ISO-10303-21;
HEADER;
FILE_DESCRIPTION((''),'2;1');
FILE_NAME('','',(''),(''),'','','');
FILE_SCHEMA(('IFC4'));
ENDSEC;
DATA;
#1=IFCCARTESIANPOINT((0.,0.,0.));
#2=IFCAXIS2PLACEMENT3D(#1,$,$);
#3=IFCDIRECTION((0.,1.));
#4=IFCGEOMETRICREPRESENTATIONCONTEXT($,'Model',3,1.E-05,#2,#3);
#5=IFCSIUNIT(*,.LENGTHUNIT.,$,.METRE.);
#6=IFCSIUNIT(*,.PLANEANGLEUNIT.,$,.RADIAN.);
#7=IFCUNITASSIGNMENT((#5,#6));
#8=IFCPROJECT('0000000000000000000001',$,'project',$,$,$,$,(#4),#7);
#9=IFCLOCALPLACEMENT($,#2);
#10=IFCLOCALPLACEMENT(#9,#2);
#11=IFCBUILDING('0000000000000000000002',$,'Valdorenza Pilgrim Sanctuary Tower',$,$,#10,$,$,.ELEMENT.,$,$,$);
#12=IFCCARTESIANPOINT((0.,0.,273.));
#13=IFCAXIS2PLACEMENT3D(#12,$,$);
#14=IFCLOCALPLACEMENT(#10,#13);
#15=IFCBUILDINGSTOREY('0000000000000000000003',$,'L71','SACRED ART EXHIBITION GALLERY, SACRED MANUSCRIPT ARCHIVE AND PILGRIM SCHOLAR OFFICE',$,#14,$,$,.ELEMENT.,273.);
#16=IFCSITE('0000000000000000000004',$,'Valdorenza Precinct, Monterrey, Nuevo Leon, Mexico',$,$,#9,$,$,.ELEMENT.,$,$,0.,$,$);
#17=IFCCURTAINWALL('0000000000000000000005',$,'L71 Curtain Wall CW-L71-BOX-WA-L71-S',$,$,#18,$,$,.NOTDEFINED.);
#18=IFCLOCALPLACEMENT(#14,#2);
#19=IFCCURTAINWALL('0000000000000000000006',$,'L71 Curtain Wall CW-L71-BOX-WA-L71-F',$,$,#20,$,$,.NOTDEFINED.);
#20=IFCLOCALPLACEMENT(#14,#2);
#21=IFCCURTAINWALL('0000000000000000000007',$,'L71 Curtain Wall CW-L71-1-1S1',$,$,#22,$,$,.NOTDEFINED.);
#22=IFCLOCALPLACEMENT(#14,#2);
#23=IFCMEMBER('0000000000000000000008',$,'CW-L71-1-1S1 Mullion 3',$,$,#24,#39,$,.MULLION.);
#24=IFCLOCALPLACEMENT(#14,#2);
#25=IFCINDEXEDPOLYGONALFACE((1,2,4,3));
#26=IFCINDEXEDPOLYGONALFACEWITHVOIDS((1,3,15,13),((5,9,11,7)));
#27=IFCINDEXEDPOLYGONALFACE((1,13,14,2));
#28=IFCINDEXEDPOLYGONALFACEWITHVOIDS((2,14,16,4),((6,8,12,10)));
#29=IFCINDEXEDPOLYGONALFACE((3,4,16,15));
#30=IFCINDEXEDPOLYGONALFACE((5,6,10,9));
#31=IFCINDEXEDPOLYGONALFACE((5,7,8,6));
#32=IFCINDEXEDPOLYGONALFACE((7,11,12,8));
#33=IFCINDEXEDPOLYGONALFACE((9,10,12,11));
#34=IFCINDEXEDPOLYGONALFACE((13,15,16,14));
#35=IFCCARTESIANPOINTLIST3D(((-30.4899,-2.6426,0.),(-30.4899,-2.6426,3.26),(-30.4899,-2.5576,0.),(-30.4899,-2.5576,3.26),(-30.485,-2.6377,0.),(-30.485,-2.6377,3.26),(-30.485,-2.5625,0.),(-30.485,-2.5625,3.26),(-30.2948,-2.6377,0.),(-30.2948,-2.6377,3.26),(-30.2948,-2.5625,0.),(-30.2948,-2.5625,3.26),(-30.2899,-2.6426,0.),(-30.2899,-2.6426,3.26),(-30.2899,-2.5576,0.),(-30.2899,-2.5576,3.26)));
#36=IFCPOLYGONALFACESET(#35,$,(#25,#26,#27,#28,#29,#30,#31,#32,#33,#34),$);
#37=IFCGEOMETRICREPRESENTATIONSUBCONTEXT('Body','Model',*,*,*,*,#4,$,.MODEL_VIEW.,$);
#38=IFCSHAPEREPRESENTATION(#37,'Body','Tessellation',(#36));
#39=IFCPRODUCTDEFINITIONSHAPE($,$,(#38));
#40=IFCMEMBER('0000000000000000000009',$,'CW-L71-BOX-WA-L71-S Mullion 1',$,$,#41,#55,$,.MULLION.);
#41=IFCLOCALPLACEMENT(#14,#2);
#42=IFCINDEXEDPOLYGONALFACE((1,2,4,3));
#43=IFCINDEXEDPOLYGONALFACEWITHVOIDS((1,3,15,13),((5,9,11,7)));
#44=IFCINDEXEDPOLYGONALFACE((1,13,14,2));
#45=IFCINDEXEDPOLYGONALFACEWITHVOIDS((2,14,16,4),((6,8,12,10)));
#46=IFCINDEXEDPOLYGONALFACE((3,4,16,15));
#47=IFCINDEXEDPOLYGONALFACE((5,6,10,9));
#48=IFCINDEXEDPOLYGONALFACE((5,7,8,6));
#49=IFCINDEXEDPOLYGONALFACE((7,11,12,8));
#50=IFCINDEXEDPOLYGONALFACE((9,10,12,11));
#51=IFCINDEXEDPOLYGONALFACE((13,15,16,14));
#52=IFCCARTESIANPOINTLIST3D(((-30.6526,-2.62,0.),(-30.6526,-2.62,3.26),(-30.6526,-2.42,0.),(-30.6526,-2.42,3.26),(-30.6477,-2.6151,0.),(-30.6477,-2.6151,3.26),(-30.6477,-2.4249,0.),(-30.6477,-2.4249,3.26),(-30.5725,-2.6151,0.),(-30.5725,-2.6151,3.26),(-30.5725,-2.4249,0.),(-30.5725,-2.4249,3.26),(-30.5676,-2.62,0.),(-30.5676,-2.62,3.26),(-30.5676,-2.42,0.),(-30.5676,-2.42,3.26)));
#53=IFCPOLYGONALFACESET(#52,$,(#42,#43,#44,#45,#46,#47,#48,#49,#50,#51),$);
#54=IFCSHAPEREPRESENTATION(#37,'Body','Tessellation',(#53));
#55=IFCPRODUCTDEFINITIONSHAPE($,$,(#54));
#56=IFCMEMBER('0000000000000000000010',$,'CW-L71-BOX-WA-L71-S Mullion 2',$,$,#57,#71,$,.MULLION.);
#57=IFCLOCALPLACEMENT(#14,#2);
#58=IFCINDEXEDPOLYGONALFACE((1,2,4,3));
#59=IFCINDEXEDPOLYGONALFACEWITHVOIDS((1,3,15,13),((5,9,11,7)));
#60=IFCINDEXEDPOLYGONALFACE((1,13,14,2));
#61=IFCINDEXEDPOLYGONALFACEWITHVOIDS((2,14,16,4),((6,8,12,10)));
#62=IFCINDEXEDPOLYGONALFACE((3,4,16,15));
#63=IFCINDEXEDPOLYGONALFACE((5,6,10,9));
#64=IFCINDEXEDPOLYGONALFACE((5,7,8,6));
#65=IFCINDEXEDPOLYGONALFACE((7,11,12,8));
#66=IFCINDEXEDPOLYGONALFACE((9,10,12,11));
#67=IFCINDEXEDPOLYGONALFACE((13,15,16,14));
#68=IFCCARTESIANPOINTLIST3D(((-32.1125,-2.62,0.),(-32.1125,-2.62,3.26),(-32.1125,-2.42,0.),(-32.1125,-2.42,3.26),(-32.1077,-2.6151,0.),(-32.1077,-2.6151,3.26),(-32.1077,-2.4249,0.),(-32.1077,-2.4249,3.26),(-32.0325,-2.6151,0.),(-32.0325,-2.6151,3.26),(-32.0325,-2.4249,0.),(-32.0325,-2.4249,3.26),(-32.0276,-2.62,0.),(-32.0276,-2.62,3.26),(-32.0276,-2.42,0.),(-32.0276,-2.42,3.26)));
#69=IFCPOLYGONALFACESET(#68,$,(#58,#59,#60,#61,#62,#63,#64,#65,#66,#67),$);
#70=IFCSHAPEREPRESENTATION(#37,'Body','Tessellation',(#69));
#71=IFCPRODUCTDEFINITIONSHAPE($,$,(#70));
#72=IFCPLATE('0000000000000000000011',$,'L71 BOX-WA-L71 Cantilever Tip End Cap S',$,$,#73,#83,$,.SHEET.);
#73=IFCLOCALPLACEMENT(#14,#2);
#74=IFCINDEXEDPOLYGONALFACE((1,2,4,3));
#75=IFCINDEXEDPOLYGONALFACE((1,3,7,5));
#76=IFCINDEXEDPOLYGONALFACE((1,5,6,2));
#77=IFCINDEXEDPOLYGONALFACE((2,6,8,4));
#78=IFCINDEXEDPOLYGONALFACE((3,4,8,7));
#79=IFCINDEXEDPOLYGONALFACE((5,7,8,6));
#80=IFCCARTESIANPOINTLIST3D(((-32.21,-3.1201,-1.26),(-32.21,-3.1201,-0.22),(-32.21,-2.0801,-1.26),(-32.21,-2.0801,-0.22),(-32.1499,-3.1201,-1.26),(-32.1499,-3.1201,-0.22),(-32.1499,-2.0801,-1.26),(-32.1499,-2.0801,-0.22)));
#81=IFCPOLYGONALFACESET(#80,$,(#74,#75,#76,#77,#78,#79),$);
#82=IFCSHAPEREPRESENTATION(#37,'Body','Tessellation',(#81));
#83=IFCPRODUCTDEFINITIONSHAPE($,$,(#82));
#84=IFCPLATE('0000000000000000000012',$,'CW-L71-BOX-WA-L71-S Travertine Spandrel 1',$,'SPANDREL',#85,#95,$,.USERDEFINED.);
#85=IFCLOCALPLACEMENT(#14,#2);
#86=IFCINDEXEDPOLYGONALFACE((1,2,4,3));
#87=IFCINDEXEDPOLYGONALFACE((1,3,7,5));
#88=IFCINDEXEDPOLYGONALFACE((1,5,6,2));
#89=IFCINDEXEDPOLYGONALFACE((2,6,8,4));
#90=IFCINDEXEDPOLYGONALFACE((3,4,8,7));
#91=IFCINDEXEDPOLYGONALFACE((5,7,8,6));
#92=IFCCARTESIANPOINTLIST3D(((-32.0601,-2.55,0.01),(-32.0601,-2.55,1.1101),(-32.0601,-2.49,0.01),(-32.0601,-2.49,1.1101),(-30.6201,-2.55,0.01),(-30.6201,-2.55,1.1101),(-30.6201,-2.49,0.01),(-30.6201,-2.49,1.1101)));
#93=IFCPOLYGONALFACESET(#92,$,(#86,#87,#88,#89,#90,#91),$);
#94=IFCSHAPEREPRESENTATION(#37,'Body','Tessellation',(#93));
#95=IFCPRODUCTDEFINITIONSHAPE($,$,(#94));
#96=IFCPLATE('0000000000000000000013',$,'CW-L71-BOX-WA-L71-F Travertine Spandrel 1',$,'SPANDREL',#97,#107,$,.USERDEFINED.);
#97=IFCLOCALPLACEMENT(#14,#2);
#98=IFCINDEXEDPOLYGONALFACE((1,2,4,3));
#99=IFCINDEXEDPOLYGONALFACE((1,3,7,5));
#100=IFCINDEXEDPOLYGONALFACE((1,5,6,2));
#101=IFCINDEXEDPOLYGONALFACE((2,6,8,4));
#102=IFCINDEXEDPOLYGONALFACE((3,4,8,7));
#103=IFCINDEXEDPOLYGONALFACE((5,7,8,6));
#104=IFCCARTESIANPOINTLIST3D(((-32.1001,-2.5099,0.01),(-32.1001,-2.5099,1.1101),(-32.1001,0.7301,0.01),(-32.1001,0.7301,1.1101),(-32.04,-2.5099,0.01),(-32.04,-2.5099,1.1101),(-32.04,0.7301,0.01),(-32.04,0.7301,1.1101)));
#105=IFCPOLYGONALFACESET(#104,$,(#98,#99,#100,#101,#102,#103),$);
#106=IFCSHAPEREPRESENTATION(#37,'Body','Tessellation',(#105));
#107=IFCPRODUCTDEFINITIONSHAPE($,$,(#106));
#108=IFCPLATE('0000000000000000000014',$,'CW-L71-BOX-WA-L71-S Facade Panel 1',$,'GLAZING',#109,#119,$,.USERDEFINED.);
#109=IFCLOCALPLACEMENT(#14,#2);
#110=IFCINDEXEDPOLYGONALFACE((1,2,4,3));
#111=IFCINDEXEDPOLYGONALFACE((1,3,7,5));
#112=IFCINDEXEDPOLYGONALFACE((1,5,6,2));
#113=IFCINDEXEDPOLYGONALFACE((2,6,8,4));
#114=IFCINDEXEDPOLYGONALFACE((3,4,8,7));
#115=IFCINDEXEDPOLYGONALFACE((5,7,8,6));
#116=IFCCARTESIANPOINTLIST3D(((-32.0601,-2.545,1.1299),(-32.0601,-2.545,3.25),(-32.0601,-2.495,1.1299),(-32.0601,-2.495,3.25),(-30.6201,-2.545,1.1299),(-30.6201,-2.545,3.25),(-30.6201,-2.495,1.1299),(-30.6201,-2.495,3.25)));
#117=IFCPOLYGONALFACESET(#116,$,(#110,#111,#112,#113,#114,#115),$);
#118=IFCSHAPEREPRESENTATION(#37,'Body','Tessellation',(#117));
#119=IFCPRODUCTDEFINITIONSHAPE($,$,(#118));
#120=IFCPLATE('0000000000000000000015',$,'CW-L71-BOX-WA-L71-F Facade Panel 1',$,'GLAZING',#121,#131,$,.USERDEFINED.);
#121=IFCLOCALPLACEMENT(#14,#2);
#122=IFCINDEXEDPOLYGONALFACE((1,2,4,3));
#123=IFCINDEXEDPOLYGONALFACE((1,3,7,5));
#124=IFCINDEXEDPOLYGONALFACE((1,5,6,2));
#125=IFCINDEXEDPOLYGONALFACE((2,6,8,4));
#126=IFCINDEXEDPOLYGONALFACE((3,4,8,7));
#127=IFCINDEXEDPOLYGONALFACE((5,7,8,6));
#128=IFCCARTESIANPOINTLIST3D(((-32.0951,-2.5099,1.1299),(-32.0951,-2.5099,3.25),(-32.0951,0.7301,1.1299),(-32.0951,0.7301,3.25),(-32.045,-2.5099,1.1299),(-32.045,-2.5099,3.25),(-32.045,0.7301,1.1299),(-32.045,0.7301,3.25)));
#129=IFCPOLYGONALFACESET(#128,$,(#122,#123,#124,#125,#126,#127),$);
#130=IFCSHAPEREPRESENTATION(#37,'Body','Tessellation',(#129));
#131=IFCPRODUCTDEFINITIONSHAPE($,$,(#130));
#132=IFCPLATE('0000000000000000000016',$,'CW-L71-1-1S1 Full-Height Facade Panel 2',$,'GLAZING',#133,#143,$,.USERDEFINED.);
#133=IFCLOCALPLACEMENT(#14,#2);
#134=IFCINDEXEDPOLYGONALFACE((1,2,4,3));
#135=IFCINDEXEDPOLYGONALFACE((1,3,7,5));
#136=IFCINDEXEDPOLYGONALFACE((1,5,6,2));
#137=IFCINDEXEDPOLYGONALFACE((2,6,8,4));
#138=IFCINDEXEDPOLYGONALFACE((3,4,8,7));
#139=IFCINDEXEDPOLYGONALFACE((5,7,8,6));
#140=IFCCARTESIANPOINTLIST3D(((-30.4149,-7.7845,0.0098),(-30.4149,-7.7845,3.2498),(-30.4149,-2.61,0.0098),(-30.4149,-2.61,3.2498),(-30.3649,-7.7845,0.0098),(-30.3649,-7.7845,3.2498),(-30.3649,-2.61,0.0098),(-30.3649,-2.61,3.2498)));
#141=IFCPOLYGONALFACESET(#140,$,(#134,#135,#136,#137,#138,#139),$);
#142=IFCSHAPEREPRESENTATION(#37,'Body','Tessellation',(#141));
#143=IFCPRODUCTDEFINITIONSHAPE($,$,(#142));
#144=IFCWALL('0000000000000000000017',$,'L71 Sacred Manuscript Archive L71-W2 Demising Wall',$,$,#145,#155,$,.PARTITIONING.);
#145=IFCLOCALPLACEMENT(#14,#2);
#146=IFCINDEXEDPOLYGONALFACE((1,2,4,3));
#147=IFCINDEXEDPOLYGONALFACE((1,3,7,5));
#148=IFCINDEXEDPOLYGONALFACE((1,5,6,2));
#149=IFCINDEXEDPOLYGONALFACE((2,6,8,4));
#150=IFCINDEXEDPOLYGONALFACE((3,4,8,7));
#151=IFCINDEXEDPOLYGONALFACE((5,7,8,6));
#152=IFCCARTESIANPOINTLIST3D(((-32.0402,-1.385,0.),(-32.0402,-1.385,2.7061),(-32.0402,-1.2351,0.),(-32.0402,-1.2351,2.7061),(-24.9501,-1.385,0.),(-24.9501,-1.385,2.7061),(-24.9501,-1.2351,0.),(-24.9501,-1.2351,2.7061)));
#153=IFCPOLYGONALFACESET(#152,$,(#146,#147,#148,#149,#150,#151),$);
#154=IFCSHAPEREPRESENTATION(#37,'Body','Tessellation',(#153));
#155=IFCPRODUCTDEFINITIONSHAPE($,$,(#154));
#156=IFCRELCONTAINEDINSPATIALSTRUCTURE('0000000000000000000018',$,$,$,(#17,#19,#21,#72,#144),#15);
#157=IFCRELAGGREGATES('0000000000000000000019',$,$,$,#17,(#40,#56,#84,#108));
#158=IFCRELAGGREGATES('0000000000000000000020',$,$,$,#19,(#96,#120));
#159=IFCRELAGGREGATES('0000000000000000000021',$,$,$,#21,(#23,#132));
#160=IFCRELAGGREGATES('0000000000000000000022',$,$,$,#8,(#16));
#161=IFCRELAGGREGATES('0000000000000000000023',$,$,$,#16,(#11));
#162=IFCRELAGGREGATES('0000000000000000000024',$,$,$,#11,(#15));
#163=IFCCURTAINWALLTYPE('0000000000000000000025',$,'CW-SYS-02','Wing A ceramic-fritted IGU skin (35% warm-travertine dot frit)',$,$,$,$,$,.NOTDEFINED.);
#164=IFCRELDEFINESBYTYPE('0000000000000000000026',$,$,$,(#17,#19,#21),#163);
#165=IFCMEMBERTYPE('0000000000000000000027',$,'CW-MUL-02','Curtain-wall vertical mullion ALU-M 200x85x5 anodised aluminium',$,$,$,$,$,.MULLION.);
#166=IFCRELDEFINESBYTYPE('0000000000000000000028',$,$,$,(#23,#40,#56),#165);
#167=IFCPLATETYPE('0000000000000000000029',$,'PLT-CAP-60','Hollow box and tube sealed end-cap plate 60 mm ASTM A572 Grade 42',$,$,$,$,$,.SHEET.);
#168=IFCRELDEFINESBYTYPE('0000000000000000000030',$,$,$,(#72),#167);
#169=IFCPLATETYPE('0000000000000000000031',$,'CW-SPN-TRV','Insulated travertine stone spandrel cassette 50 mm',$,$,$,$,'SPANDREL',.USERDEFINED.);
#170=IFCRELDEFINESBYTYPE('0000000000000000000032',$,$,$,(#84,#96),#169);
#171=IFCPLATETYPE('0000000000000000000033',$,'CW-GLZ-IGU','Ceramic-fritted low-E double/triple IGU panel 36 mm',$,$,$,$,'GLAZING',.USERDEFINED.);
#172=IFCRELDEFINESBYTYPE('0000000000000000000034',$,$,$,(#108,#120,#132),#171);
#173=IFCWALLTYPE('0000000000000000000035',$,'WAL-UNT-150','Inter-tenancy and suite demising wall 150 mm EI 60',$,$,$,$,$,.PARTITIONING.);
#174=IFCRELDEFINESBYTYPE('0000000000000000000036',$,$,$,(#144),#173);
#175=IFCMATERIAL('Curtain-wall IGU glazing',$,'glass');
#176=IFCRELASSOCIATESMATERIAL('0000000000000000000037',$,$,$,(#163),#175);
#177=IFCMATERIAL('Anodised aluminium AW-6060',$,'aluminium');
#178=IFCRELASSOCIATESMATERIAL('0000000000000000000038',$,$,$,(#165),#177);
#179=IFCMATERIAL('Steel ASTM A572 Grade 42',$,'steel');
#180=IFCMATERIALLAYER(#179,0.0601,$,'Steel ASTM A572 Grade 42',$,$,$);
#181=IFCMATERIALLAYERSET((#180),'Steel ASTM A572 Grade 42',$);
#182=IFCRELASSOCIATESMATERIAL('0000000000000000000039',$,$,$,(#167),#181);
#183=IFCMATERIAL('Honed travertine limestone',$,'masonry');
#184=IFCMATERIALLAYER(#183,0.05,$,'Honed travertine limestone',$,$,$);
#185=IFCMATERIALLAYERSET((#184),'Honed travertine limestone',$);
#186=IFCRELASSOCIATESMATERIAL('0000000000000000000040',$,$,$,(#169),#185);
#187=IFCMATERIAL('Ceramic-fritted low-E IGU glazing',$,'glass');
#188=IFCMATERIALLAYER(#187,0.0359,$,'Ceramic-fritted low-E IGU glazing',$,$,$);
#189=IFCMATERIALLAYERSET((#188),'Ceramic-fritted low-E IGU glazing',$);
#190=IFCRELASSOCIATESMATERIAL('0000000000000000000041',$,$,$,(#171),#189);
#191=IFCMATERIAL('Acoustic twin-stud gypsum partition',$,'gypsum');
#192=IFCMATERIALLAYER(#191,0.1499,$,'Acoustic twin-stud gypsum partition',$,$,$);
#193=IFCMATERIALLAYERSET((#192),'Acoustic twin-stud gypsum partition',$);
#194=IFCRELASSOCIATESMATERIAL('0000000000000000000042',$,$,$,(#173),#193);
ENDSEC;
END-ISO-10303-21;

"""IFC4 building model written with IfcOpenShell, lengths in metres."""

from ifc_helpers import new_model, si_unit, direction, frame, frame_2d, origin, origin_2d, place, context, subcontext, project, spatial, rectangle, hollow_rectangle, extrude, source, transform, mapped, material, layer, layer_set, material_profile, profile_set, type_object, element, aggregate, save


model = new_model("IFC4")

# Units and contexts
model_context = context("Model", 3, precision=1e-05, world=origin(), true_north=direction((0.0, 1.0)))
body_context = subcontext(model_context, "Body", "Model", "MODEL_VIEW")
ifc_project = project(units=[si_unit("LENGTHUNIT", "METRE"), si_unit("PLANEANGLEUNIT", "RADIAN")], contexts=[model_context])

# Site, building, storey
site_placement = place(None, origin())
site = spatial("IfcSite", under=ifc_project, at=site_placement, Name="Valdorenza Precinct, Monterrey, Nuevo Leon, Mexico", CompositionType="ELEMENT", RefElevation=0.0)
building_placement = place(site_placement, origin())
building = spatial("IfcBuilding", under=site, at=building_placement, Name="Valdorenza Pilgrim Sanctuary Tower", CompositionType="ELEMENT")
storey_placement = place(building_placement, frame((0.0, 0.0, 273.0)))
storey = spatial("IfcBuildingStorey", under=building, at=storey_placement, Name="L71", Description="SACRED ART EXHIBITION GALLERY, SACRED MANUSCRIPT ARCHIVE AND PILGRIM SCHOLAR OFFICE", CompositionType="ELEMENT", Elevation=273.0)

# Shared definitions
ifc_material_1 = material(Name="Steel ASTM A572 Grade 42", Category="steel")

# Curtain walls, member
ifc_material_2 = material(Name="Curtain-wall IGU glazing", Category="glass")
curtain_wall_type = type_object("IfcCurtainWallType", Name="CW-SYS-02", Description="Wing A ceramic-fritted IGU skin (35% warm-travertine dot frit)", PredefinedType="NOTDEFINED", material=ifc_material_2)
curtain_wall_1_placement = place(storey_placement, origin())
curtain_wall_1 = element("IfcCurtainWall", 1, at=curtain_wall_1_placement, inside=storey, type_object=curtain_wall_type, Name="L71 Curtain Wall CW-L71-BOX-WA-L71-S", PredefinedType="NOTDEFINED")
ifc_material_3 = material(Name="Anodised aluminium AW-6060", Category="aluminium")
curtain_wall_2_placement = place(storey_placement, origin())
curtain_wall_2 = element("IfcCurtainWall", 2, at=curtain_wall_2_placement, inside=storey, type_object=curtain_wall_type, Name="L71 Curtain Wall CW-L71-BOX-WA-L71-F", PredefinedType="NOTDEFINED")
curtain_wall_3_placement = place(storey_placement, origin())
curtain_wall_3 = element("IfcCurtainWall", 3, at=curtain_wall_3_placement, inside=storey, type_object=curtain_wall_type, Name="L71 Curtain Wall CW-L71-1-1S1", PredefinedType="NOTDEFINED")
ifc_material_profile_1 = material_profile(ifc_material_3, hollow_rectangle(XDim=0.085, YDim=0.2, WallThickness=0.0049, at=origin_2d()), Name="ALU-M 200x85x5")
ifc_profile_set_1 = profile_set([ifc_material_profile_1], Name="Anodised aluminium AW-6060")
member_type_1 = type_object("IfcMemberType", Name="CW-MUL-02", Description="Curtain-wall vertical mullion ALU-M 200x85x5 anodised aluminium", PredefinedType="MULLION", material=ifc_profile_set_1)
shared_shape_1 = source(origin(), body_context, "Body", "SweptSolid", [
    extrude(hollow_rectangle(XDim=0.085, YDim=0.2, WallThickness=0.0049, at=origin_2d()), origin(), (0.0, 0.0, 1.0), 3.26),
])
member_1_placement = place(storey_placement, frame((-30.3899, -2.6001, 0.0), z_axis=(0.0, 0.0, 1.0), x_axis=(0.0, 1.0, 0.0)))
member_1 = element("IfcMember", 4, at=member_1_placement, type_object=member_type_1, Name="CW-L71-1-1S1 Mullion 3", PredefinedType="MULLION", context=body_context, shape_type="MappedRepresentation", body=[
    mapped(shared_shape_1, transform((0.0, 0.0, 0.0), x_axis=(1.0, 0.0, 0.0), y_axis=(0.0, 1.0, 0.0), z_axis=(0.0, 0.0, 1.0), scale=1.0)),
])

# Members
member_2_placement = place(storey_placement, frame((-30.6101, -2.52, 0.0), z_axis=(0.0, 0.0, 1.0), x_axis=(-1.0, 0.0, 0.0)))
member_2 = element("IfcMember", 5, at=member_2_placement, type_object=member_type_1, Name="CW-L71-BOX-WA-L71-S Mullion 1", PredefinedType="MULLION", context=body_context, shape_type="MappedRepresentation", body=[
    mapped(shared_shape_1, transform((0.0, 0.0, 0.0), x_axis=(1.0, 0.0, 0.0), y_axis=(0.0, 1.0, 0.0), z_axis=(0.0, 0.0, 1.0), scale=1.0)),
])
member_3_placement = place(storey_placement, frame((-32.0701, -2.52, 0.0), z_axis=(0.0, 0.0, 1.0), x_axis=(-1.0, 0.0, 0.0)))
member_3 = element("IfcMember", 6, at=member_3_placement, type_object=member_type_1, Name="CW-L71-BOX-WA-L71-S Mullion 2", PredefinedType="MULLION", context=body_context, shape_type="MappedRepresentation", body=[
    mapped(shared_shape_1, transform((0.0, 0.0, 0.0), x_axis=(1.0, 0.0, 0.0), y_axis=(0.0, 1.0, 0.0), z_axis=(0.0, 0.0, 1.0), scale=1.0)),
])

# Plates
ifc_layer_1 = layer(ifc_material_1, 0.0601, Name="Steel ASTM A572 Grade 42")
ifc_layer_set_1 = layer_set([ifc_layer_1], Name="Steel ASTM A572 Grade 42")
plate_type_1 = type_object("IfcPlateType", Name="PLT-CAP-60", Description="Hollow box and tube sealed end-cap plate 60 mm ASTM A572 Grade 42", PredefinedType="SHEET", material=ifc_layer_set_1)
shared_shape_2 = source(origin(), body_context, "Body", "SweptSolid", [
    extrude(rectangle(XDim=0.0601, YDim=1.04, at=origin_2d()), origin(), (0.0, 0.0, 1.0), 1.04),
])
plate_1_placement = place(storey_placement, frame((-32.1799, -2.6001, -1.26), z_axis=(0.0, 0.0, 1.0), x_axis=(1.0, 0.0, 0.0)))
element("IfcPlate", 7, at=plate_1_placement, inside=storey, type_object=plate_type_1, Name="L71 BOX-WA-L71 Cantilever Tip End Cap S", PredefinedType="SHEET", context=body_context, shape_type="MappedRepresentation", body=[
    mapped(shared_shape_2, transform((0.0, 0.0, 0.0), x_axis=(1.0, 0.0, 0.0), y_axis=(0.0, 1.0, 0.0), z_axis=(0.0, 0.0, 1.0), scale=1.0)),
])
ifc_material_4 = material(Name="Honed travertine limestone", Category="masonry")
ifc_layer_2 = layer(ifc_material_4, 0.05, Name="Honed travertine limestone")
ifc_layer_set_2 = layer_set([ifc_layer_2], Name="Honed travertine limestone")
plate_type_2 = type_object("IfcPlateType", Name="CW-SPN-TRV", Description="Insulated travertine stone spandrel cassette 50 mm", ElementType="SPANDREL", PredefinedType="USERDEFINED", material=ifc_layer_set_2)
shared_shape_3 = source(origin(), body_context, "Body", "SweptSolid", [
    extrude(rectangle(XDim=1.4399, YDim=0.0601, at=origin_2d()), origin(), (0.0, 0.0, 1.0), 1.1001),
])
plate_2_placement = place(storey_placement, frame((-31.3401, -2.52, 0.01), z_axis=(0.0, 0.0, 1.0), x_axis=(-1.0, 0.0, 0.0)))
plate_2 = element("IfcPlate", 8, at=plate_2_placement, type_object=plate_type_2, Name="CW-L71-BOX-WA-L71-S Travertine Spandrel 1", ObjectType="SPANDREL", PredefinedType="USERDEFINED", context=body_context, shape_type="MappedRepresentation", body=[
    mapped(shared_shape_3, transform((0.0, 0.0, 0.0), x_axis=(1.0, 0.0, 0.0), y_axis=(0.0, 1.0, 0.0), z_axis=(0.0, 0.0, 1.0), scale=1.0)),
])
shared_shape_4 = source(origin(), body_context, "Body", "SweptSolid", [
    extrude(rectangle(XDim=3.24, YDim=0.0601, at=origin_2d()), origin(), (0.0, 0.0, 1.0), 1.1001),
])
plate_3_placement = place(storey_placement, frame((-32.0701, -0.8899, 0.01), z_axis=(0.0, 0.0, 1.0), x_axis=(0.0, 1.0, 0.0)))
plate_3 = element("IfcPlate", 9, at=plate_3_placement, type_object=plate_type_2, Name="CW-L71-BOX-WA-L71-F Travertine Spandrel 1", ObjectType="SPANDREL", PredefinedType="USERDEFINED", context=body_context, shape_type="MappedRepresentation", body=[
    mapped(shared_shape_4, transform((0.0, 0.0, 0.0), x_axis=(1.0, 0.0, 0.0), y_axis=(0.0, 1.0, 0.0), z_axis=(0.0, 0.0, 1.0), scale=1.0)),
])
ifc_material_5 = material(Name="Ceramic-fritted low-E IGU glazing", Category="glass")
ifc_layer_3 = layer(ifc_material_5, 0.0359, Name="Ceramic-fritted low-E IGU glazing")
ifc_layer_set_3 = layer_set([ifc_layer_3], Name="Ceramic-fritted low-E IGU glazing")
plate_type_3 = type_object("IfcPlateType", Name="CW-GLZ-IGU", Description="Ceramic-fritted low-E double/triple IGU panel 36 mm", ElementType="GLAZING", PredefinedType="USERDEFINED", material=ifc_layer_set_3)
shared_shape_5 = source(origin(), body_context, "Body", "SweptSolid", [
    extrude(rectangle(XDim=1.4399, YDim=0.05, at=origin_2d()), origin(), (0.0, 0.0, 1.0), 2.1201),
])
plate_4_placement = place(storey_placement, frame((-31.3401, -2.52, 1.1299), z_axis=(0.0, 0.0, 1.0), x_axis=(-1.0, 0.0, 0.0)))
plate_4 = element("IfcPlate", 10, at=plate_4_placement, type_object=plate_type_3, Name="CW-L71-BOX-WA-L71-S Facade Panel 1", ObjectType="GLAZING", PredefinedType="USERDEFINED", context=body_context, shape_type="MappedRepresentation", body=[
    mapped(shared_shape_5, transform((0.0, 0.0, 0.0), x_axis=(1.0, 0.0, 0.0), y_axis=(0.0, 1.0, 0.0), z_axis=(0.0, 0.0, 1.0), scale=1.0)),
])
aggregate(curtain_wall_1, [member_2, member_3, plate_2, plate_4])
shared_shape_6 = source(origin(), body_context, "Body", "SweptSolid", [
    extrude(rectangle(XDim=3.24, YDim=0.05, at=origin_2d()), origin(), (0.0, 0.0, 1.0), 2.1201),
])
plate_5_placement = place(storey_placement, frame((-32.0701, -0.8899, 1.1299), z_axis=(0.0, 0.0, 1.0), x_axis=(0.0, 1.0, 0.0)))
plate_5 = element("IfcPlate", 11, at=plate_5_placement, type_object=plate_type_3, Name="CW-L71-BOX-WA-L71-F Facade Panel 1", ObjectType="GLAZING", PredefinedType="USERDEFINED", context=body_context, shape_type="MappedRepresentation", body=[
    mapped(shared_shape_6, transform((0.0, 0.0, 0.0), x_axis=(1.0, 0.0, 0.0), y_axis=(0.0, 1.0, 0.0), z_axis=(0.0, 0.0, 1.0), scale=1.0)),
])
aggregate(curtain_wall_2, [plate_3, plate_5])
shared_shape_7 = source(origin(), body_context, "Body", "SweptSolid", [
    extrude(rectangle(XDim=5.1746, YDim=0.05, at=origin_2d()), origin(), (0.0, 0.0, 1.0), 3.24),
])
plate_6_placement = place(storey_placement, frame((-30.3899, -5.1973, 0.0098), z_axis=(0.0, 0.0, 1.0), x_axis=(0.0, 1.0, 0.0)))
plate_6 = element("IfcPlate", 12, at=plate_6_placement, type_object=plate_type_3, Name="CW-L71-1-1S1 Full-Height Facade Panel 2", ObjectType="GLAZING", PredefinedType="USERDEFINED", context=body_context, shape_type="MappedRepresentation", body=[
    mapped(shared_shape_7, transform((0.0, 0.0, 0.0), x_axis=(1.0, 0.0, 0.0), y_axis=(0.0, 1.0, 0.0), z_axis=(0.0, 0.0, 1.0), scale=1.0)),
])
aggregate(curtain_wall_3, [member_1, plate_6])

# Wall
ifc_material_6 = material(Name="Acoustic twin-stud gypsum partition", Category="gypsum")
ifc_layer_4 = layer(ifc_material_6, 0.1499, Name="Acoustic twin-stud gypsum partition")
ifc_layer_set_4 = layer_set([ifc_layer_4], Name="Acoustic twin-stud gypsum partition")
wall_type_1 = type_object("IfcWallType", Name="WAL-UNT-150", Description="Inter-tenancy and suite demising wall 150 mm EI 60", PredefinedType="PARTITIONING", material=ifc_layer_set_4)
wall_1_placement = place(storey_placement, frame((-32.04, -1.3101, 0.0), z_axis=(0.0, 0.0, 1.0), x_axis=(1.0, 0.0, 0.0)))
element("IfcWall", 13, at=wall_1_placement, inside=storey, type_object=wall_type_1, Name="L71 Sacred Manuscript Archive L71-W2 Demising Wall", PredefinedType="PARTITIONING", context=body_context, shape_type="SweptSolid", body=[
    extrude(rectangle(XDim=7.0901, YDim=0.1499, at=frame_2d((3.5449, 0.0))), origin(), (0.0, 0.0, 1.0), 2.7061),
])

save(model, "model.ifc")
